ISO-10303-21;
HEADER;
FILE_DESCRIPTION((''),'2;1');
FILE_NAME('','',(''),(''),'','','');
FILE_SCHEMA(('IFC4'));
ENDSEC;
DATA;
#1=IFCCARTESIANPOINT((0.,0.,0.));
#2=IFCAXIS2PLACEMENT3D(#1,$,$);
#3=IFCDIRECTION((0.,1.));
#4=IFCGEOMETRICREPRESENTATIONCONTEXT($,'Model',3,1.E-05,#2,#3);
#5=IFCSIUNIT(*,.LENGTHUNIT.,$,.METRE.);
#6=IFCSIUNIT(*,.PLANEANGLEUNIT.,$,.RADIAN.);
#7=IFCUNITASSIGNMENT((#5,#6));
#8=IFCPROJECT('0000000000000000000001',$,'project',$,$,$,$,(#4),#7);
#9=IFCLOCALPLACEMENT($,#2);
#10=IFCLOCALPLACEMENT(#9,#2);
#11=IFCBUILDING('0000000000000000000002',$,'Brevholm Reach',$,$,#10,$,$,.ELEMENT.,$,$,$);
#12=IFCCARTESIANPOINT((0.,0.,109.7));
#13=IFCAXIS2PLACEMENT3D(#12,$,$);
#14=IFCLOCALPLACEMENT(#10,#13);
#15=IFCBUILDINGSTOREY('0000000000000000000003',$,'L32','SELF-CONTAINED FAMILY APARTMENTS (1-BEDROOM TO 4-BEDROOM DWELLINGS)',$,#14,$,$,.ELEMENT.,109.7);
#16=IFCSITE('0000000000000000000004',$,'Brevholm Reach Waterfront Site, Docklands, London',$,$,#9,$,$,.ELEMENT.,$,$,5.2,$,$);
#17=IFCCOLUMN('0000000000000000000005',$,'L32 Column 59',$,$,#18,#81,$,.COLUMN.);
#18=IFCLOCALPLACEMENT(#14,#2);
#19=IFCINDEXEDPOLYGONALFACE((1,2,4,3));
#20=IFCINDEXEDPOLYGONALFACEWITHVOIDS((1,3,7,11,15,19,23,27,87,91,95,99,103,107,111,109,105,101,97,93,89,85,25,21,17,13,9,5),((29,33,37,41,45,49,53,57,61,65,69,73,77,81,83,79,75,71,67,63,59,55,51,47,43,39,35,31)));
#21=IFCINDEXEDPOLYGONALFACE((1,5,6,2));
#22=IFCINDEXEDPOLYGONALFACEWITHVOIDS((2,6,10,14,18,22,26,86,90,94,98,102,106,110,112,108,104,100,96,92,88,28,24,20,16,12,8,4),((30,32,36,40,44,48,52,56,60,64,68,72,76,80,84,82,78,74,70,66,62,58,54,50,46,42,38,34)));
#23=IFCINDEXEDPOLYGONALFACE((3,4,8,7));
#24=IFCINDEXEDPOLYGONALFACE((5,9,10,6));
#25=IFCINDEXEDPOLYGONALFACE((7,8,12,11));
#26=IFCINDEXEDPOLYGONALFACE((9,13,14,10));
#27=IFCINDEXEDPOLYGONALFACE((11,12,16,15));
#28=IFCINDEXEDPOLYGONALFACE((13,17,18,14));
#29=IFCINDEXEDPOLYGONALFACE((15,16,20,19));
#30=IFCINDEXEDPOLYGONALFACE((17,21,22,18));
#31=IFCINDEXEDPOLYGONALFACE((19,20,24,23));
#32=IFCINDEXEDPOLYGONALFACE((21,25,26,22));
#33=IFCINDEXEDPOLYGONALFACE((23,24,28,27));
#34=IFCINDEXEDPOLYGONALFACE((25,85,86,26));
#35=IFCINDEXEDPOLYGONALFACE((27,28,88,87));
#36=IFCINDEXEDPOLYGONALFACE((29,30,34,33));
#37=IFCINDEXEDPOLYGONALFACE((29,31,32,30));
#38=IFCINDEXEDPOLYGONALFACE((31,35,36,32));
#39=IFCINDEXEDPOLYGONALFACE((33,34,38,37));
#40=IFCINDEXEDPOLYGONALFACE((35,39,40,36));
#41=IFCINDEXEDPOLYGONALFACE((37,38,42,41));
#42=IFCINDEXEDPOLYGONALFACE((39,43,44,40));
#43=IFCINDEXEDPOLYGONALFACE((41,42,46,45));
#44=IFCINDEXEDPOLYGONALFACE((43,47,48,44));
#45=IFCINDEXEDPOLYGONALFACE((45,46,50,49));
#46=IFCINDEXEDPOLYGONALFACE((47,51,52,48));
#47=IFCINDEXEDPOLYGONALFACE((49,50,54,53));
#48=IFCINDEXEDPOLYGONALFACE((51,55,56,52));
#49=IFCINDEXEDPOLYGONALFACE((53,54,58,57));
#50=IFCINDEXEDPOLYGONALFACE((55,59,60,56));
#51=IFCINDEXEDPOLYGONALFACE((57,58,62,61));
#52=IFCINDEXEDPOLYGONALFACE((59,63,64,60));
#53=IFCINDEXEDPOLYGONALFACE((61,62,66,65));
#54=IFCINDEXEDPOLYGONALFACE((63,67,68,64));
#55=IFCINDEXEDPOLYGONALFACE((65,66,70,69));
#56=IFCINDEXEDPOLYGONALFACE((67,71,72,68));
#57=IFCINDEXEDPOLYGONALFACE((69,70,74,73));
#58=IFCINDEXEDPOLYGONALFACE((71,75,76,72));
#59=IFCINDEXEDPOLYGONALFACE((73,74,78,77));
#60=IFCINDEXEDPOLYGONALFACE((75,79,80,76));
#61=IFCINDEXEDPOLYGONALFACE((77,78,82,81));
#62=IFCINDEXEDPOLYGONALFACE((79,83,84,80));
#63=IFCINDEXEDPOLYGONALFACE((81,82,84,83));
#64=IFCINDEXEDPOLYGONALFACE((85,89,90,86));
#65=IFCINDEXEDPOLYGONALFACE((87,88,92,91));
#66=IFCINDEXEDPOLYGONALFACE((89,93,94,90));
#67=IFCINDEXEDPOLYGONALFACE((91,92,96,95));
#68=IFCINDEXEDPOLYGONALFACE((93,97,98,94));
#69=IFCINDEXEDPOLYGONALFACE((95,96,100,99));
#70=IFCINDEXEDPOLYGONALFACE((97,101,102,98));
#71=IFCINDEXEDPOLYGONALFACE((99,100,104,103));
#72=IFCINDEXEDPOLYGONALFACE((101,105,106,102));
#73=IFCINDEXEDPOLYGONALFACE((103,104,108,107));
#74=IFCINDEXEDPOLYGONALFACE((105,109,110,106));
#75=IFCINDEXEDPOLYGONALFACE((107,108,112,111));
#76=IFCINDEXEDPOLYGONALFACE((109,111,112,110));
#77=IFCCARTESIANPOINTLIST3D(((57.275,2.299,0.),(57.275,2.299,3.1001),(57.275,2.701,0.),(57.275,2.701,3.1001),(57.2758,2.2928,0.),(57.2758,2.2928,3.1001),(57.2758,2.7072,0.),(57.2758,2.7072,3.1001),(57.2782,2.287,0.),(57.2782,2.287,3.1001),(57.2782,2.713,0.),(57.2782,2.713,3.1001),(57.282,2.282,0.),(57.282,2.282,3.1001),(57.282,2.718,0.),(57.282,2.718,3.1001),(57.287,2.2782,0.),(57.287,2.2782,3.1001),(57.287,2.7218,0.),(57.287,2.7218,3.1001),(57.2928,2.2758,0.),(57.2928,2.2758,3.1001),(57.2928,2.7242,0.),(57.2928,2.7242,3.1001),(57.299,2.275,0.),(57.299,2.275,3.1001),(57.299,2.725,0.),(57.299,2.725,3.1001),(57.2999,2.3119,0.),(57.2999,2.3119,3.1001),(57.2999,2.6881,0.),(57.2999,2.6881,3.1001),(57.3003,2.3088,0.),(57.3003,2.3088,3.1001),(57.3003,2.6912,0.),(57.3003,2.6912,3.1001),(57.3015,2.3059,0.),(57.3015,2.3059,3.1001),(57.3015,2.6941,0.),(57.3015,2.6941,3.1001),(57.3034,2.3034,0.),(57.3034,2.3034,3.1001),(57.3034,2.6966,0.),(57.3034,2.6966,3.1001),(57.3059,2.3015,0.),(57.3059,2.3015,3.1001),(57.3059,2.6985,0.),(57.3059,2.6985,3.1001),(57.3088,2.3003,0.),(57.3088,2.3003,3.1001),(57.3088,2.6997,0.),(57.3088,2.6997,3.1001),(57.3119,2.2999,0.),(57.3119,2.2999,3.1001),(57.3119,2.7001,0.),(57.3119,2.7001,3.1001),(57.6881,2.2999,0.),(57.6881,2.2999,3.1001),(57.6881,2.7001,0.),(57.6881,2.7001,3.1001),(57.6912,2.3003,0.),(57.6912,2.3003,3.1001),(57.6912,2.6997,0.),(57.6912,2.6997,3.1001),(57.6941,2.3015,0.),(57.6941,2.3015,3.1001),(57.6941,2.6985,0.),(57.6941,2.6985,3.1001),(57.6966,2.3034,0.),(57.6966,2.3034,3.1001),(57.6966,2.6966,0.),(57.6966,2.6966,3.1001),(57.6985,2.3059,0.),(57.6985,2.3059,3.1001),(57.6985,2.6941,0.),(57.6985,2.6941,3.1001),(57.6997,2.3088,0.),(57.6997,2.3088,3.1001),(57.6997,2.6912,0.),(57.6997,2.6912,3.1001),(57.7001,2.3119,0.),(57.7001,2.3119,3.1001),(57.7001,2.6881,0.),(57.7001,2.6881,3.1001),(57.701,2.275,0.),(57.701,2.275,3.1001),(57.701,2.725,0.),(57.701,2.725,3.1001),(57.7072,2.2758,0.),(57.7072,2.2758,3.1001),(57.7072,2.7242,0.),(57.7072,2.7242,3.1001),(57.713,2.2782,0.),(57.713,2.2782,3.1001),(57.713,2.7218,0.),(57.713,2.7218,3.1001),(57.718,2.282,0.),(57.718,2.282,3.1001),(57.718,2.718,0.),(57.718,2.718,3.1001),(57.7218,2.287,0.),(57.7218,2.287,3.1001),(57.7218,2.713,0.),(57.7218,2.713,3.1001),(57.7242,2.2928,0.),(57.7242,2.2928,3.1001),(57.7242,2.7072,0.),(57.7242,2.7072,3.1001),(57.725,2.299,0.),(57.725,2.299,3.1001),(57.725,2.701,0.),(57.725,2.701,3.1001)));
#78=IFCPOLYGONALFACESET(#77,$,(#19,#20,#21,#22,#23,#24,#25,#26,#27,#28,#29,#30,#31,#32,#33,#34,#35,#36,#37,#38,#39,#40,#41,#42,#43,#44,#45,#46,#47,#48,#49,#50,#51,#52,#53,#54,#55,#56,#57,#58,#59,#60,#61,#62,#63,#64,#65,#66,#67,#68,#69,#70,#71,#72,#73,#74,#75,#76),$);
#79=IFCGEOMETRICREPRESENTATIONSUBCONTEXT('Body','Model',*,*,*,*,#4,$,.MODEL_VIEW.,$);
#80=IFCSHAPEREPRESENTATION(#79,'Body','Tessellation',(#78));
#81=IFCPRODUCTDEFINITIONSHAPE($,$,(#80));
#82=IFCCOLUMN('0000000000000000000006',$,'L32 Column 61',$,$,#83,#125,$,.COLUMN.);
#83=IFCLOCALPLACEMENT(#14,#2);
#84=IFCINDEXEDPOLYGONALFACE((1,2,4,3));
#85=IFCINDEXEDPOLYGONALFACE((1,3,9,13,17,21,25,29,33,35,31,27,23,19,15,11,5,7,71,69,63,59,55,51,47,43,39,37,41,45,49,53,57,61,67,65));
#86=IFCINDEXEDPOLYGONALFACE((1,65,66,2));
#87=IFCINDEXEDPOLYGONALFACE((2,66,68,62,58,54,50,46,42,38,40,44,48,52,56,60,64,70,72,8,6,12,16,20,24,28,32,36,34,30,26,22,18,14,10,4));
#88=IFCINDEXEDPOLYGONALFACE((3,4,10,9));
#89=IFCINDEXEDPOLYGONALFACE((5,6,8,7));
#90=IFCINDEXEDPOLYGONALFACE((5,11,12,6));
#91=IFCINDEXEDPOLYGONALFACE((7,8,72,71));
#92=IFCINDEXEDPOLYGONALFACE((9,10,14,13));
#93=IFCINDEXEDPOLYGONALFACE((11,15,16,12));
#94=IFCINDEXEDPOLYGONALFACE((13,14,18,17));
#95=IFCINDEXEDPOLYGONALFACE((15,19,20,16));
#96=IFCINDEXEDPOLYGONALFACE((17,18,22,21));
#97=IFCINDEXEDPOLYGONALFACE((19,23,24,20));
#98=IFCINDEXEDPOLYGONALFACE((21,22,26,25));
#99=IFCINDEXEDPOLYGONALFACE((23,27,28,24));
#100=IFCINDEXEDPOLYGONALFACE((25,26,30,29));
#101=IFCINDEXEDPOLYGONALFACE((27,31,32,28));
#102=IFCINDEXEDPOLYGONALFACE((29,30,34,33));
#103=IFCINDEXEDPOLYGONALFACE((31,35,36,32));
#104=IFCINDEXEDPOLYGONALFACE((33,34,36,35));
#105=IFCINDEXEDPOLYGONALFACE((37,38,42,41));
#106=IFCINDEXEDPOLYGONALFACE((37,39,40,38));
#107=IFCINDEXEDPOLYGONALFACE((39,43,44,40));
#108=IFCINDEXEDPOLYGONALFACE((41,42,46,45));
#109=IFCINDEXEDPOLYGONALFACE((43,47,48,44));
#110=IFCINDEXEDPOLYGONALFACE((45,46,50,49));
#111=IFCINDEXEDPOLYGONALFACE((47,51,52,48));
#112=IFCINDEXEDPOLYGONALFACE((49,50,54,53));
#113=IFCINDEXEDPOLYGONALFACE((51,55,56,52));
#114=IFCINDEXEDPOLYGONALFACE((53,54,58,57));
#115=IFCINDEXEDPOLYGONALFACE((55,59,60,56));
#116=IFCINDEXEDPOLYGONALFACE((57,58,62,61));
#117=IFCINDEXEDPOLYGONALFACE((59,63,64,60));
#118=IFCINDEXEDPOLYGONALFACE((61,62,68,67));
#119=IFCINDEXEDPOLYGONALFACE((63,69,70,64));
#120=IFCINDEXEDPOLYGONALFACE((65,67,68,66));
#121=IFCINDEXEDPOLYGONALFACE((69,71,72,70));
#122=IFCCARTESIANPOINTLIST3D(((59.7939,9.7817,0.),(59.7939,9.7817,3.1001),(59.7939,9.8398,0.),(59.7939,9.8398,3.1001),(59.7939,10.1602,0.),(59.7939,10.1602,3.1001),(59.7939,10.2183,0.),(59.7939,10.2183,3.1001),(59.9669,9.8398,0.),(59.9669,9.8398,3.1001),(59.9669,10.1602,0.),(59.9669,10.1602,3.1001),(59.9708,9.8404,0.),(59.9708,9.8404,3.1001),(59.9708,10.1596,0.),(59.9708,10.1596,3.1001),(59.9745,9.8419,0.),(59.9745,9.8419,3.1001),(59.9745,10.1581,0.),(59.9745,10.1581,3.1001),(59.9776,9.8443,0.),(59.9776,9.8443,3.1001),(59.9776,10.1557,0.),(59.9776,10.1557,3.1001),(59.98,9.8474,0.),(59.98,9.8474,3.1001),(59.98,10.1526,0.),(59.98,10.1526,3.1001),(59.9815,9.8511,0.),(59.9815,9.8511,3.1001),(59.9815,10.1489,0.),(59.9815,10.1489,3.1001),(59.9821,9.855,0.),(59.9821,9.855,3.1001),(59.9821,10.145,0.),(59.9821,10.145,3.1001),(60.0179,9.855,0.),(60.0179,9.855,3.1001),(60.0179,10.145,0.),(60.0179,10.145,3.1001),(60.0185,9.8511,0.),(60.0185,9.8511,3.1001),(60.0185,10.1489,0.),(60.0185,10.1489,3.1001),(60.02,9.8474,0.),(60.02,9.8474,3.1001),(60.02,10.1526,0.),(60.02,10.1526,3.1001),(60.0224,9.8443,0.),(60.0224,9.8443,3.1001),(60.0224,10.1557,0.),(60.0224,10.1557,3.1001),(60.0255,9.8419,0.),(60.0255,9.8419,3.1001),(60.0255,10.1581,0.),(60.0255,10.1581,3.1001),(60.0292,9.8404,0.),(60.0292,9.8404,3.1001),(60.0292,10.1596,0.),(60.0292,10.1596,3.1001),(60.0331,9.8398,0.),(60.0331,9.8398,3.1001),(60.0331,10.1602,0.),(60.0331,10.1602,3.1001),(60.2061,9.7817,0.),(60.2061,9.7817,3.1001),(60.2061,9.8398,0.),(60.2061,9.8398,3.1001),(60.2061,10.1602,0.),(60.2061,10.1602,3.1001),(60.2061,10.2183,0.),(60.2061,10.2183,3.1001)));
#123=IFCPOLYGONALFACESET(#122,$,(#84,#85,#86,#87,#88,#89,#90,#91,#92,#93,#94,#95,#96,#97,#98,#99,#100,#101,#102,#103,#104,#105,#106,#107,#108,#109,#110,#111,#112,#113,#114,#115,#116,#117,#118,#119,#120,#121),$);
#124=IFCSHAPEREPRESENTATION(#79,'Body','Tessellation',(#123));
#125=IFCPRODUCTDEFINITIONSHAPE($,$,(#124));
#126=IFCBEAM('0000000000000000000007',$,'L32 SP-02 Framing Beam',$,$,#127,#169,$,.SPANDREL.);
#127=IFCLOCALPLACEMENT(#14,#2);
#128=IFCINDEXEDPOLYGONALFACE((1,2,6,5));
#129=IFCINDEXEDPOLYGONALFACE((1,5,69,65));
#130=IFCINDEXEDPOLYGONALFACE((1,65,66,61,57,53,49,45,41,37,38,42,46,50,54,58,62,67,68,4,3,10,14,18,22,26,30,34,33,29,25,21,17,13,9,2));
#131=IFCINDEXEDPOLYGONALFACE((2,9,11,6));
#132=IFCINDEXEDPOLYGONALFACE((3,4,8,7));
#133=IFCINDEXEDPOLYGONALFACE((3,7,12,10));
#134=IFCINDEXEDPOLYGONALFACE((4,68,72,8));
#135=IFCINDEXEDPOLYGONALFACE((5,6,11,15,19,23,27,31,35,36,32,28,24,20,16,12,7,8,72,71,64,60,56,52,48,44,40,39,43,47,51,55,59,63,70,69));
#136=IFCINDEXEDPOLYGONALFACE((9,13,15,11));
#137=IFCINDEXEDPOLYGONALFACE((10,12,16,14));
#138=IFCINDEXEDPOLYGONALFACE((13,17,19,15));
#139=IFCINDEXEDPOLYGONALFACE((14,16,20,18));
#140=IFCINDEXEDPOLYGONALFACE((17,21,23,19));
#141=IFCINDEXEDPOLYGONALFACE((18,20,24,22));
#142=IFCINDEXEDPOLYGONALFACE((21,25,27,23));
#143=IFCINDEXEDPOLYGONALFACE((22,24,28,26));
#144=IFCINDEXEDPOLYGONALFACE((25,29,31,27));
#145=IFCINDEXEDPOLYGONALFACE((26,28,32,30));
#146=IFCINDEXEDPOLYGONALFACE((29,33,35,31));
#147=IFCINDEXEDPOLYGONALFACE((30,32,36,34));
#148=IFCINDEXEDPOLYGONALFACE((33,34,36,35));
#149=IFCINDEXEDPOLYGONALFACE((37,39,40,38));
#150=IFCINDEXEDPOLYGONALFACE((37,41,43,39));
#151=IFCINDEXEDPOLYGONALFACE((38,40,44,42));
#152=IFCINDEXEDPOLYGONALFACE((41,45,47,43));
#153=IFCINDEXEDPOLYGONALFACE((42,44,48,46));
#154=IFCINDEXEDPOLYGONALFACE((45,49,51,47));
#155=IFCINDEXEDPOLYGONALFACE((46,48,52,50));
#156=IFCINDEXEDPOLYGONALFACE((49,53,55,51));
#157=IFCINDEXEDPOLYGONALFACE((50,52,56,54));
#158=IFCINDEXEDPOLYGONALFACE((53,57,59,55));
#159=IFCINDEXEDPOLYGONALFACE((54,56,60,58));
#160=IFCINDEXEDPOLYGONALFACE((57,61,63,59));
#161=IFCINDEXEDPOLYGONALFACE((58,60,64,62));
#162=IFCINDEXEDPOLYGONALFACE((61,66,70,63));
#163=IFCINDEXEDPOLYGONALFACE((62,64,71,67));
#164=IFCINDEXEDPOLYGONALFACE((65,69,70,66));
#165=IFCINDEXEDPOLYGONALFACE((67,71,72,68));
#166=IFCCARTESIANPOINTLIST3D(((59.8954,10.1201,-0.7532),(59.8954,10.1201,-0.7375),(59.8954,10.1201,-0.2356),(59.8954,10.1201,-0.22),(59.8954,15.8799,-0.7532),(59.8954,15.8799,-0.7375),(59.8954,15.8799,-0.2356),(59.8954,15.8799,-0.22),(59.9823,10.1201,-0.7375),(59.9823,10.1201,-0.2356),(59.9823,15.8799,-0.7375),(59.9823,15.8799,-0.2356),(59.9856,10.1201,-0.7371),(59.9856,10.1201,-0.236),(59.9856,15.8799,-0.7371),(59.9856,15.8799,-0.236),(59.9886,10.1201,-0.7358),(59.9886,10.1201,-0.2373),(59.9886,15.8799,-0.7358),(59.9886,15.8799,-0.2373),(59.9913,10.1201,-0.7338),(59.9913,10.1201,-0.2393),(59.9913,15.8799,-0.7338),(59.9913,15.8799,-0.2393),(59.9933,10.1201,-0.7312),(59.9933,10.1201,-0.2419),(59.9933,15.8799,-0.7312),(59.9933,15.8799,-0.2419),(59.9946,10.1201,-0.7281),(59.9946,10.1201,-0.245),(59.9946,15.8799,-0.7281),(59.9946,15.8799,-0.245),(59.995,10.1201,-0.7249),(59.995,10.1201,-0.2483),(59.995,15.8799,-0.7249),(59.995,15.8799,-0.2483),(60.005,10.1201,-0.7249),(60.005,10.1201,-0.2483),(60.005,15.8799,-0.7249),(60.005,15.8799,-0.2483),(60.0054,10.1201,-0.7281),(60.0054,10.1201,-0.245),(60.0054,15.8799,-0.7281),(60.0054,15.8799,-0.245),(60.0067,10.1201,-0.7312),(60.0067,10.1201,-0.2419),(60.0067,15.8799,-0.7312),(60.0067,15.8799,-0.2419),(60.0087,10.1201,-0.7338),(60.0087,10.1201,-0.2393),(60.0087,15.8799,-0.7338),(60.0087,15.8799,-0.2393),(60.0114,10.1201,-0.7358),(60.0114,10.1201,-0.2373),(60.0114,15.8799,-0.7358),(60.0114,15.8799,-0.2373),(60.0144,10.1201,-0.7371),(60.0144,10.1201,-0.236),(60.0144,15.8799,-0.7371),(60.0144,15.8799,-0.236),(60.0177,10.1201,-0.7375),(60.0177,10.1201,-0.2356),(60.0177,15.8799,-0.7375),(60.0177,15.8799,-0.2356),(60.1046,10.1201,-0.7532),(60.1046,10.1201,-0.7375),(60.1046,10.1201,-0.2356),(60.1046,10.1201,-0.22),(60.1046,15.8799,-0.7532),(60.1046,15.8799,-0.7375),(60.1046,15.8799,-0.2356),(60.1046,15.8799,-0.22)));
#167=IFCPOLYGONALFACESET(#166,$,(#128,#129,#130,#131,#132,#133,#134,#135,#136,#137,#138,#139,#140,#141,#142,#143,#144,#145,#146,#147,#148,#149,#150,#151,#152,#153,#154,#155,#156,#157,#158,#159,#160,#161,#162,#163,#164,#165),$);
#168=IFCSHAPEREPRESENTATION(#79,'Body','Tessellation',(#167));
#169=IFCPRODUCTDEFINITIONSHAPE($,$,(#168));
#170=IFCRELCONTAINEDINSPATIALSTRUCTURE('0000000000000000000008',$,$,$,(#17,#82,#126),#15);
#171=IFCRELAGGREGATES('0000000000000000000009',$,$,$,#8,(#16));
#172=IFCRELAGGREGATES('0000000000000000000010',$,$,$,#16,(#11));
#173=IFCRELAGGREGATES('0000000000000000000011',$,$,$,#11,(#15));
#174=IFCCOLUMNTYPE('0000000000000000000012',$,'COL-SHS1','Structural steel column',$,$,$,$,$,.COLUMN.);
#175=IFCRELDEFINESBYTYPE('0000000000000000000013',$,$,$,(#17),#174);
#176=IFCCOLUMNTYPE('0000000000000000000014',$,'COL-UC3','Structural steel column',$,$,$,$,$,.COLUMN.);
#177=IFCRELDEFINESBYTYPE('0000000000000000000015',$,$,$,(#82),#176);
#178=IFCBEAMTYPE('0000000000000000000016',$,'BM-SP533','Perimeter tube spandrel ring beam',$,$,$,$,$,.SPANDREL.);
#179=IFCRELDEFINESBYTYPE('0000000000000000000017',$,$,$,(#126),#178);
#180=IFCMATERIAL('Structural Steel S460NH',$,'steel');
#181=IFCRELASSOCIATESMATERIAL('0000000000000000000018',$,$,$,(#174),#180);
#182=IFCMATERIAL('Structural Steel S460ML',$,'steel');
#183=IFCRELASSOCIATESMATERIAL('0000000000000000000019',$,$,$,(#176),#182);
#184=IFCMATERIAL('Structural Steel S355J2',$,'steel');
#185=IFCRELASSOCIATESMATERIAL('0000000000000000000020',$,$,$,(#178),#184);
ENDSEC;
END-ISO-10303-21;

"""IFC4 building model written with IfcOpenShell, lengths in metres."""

from ifc_helpers import new_model, si_unit, direction, frame, origin, origin_2d, place, context, subcontext, project, spatial, hollow_rectangle, i_section, extrude, material, material_profile, profile_set, type_object, element, save


model = new_model("IFC4")

# Units and contexts
model_context = context("Model", 3, precision=1e-05, world=origin(), true_north=direction((0.0, 1.0)))
body_context = subcontext(model_context, "Body", "Model", "MODEL_VIEW")
ifc_project = project(units=[si_unit("LENGTHUNIT", "METRE"), si_unit("PLANEANGLEUNIT", "RADIAN")], contexts=[model_context])

# Site, building, storey
site_placement = place(None, origin())
site = spatial("IfcSite", under=ifc_project, at=site_placement, Name="Brevholm Reach Waterfront Site, Docklands, London", CompositionType="ELEMENT", RefElevation=5.2)
building_placement = place(site_placement, origin())
building = spatial("IfcBuilding", under=site, at=building_placement, Name="Brevholm Reach", CompositionType="ELEMENT")
storey_placement = place(building_placement, frame((0.0, 0.0, 109.7)))
storey = spatial("IfcBuildingStorey", under=building, at=storey_placement, Name="L32", Description="SELF-CONTAINED FAMILY APARTMENTS (1-BEDROOM TO 4-BEDROOM DWELLINGS)", CompositionType="ELEMENT", Elevation=109.7)

# Columns
ifc_material_1 = material(Name="Structural Steel S460NH", Category="steel")
ifc_material_profile_1 = material_profile(ifc_material_1, hollow_rectangle(XDim=0.45, YDim=0.45, WallThickness=0.0249, InnerFilletRadius=0.012, OuterFilletRadius=0.0239, at=origin_2d()), Name="SHS 450x450x25")
ifc_profile_set_1 = profile_set([ifc_material_profile_1], Name="Structural Steel S460NH")
column_type_1 = type_object("IfcColumnType", Name="COL-SHS1", Description="Structural steel column", PredefinedType="COLUMN", material=ifc_profile_set_1)
column_1_placement = place(storey_placement, frame((57.5, 2.5, 0.0), z_axis=(0.0, 0.0, 1.0), x_axis=(1.0, 0.0, 0.0)))
element("IfcColumn", 1, at=column_1_placement, inside=storey, type_object=column_type_1, Name="L32 Column 59", PredefinedType="COLUMN", context=body_context, shape_type="SweptSolid", body=[
    extrude(hollow_rectangle(XDim=0.45, YDim=0.45, WallThickness=0.0249, InnerFilletRadius=0.012, OuterFilletRadius=0.0239, at=origin_2d()), origin(), (0.0, 0.0, 1.0), 3.1001),
])
ifc_material_2 = material(Name="Structural Steel S460ML", Category="steel")
ifc_material_profile_2 = material_profile(ifc_material_2, i_section(OverallWidth=0.4121, OverallDepth=0.4365, WebThickness=0.0359, FlangeThickness=0.0581, FilletRadius=0.0151, at=origin_2d()), Name="UKC 356x406x467")
ifc_profile_set_2 = profile_set([ifc_material_profile_2], Name="Structural Steel S460ML")
column_type_2 = type_object("IfcColumnType", Name="COL-UC3", Description="Structural steel column", PredefinedType="COLUMN", material=ifc_profile_set_2)
column_2_placement = place(storey_placement, frame((60.0, 10.0, 0.0), z_axis=(0.0, 0.0, 1.0), x_axis=(1.0, 0.0, 0.0)))
element("IfcColumn", 2, at=column_2_placement, inside=storey, type_object=column_type_2, Name="L32 Column 61", PredefinedType="COLUMN", context=body_context, shape_type="SweptSolid", body=[
    extrude(i_section(OverallWidth=0.4121, OverallDepth=0.4365, WebThickness=0.0359, FlangeThickness=0.0581, FilletRadius=0.0151, at=origin_2d()), origin(), (0.0, 0.0, 1.0), 3.1001),
])

# Beam
ifc_material_3 = material(Name="Structural Steel S355J2", Category="steel")
ifc_material_profile_3 = material_profile(ifc_material_3, i_section(OverallWidth=0.2092, OverallDepth=0.5332, WebThickness=0.01, FlangeThickness=0.0156, FilletRadius=0.0127, at=origin_2d()), Name="UKB 533x210x92")
ifc_profile_set_3 = profile_set([ifc_material_profile_3], Name="Structural Steel S355J2")
beam_type = type_object("IfcBeamType", Name="BM-SP533", Description="Perimeter tube spandrel ring beam", PredefinedType="SPANDREL", material=ifc_profile_set_3)
beam_placement = place(storey_placement, frame((60.0, 10.1201, -0.4866), z_axis=(0.0, 1.0, 0.0), x_axis=(-1.0, 0.0, 0.0)))
element("IfcBeam", 3, at=beam_placement, inside=storey, type_object=beam_type, Name="L32 SP-02 Framing Beam", PredefinedType="SPANDREL", context=body_context, shape_type="SweptSolid", body=[
    extrude(i_section(OverallWidth=0.2092, OverallDepth=0.5332, WebThickness=0.01, FlangeThickness=0.0156, FilletRadius=0.0127, at=origin_2d()), origin(), (0.0, 0.0, 1.0), 5.7598),
])

save(model, "model.ifc")
